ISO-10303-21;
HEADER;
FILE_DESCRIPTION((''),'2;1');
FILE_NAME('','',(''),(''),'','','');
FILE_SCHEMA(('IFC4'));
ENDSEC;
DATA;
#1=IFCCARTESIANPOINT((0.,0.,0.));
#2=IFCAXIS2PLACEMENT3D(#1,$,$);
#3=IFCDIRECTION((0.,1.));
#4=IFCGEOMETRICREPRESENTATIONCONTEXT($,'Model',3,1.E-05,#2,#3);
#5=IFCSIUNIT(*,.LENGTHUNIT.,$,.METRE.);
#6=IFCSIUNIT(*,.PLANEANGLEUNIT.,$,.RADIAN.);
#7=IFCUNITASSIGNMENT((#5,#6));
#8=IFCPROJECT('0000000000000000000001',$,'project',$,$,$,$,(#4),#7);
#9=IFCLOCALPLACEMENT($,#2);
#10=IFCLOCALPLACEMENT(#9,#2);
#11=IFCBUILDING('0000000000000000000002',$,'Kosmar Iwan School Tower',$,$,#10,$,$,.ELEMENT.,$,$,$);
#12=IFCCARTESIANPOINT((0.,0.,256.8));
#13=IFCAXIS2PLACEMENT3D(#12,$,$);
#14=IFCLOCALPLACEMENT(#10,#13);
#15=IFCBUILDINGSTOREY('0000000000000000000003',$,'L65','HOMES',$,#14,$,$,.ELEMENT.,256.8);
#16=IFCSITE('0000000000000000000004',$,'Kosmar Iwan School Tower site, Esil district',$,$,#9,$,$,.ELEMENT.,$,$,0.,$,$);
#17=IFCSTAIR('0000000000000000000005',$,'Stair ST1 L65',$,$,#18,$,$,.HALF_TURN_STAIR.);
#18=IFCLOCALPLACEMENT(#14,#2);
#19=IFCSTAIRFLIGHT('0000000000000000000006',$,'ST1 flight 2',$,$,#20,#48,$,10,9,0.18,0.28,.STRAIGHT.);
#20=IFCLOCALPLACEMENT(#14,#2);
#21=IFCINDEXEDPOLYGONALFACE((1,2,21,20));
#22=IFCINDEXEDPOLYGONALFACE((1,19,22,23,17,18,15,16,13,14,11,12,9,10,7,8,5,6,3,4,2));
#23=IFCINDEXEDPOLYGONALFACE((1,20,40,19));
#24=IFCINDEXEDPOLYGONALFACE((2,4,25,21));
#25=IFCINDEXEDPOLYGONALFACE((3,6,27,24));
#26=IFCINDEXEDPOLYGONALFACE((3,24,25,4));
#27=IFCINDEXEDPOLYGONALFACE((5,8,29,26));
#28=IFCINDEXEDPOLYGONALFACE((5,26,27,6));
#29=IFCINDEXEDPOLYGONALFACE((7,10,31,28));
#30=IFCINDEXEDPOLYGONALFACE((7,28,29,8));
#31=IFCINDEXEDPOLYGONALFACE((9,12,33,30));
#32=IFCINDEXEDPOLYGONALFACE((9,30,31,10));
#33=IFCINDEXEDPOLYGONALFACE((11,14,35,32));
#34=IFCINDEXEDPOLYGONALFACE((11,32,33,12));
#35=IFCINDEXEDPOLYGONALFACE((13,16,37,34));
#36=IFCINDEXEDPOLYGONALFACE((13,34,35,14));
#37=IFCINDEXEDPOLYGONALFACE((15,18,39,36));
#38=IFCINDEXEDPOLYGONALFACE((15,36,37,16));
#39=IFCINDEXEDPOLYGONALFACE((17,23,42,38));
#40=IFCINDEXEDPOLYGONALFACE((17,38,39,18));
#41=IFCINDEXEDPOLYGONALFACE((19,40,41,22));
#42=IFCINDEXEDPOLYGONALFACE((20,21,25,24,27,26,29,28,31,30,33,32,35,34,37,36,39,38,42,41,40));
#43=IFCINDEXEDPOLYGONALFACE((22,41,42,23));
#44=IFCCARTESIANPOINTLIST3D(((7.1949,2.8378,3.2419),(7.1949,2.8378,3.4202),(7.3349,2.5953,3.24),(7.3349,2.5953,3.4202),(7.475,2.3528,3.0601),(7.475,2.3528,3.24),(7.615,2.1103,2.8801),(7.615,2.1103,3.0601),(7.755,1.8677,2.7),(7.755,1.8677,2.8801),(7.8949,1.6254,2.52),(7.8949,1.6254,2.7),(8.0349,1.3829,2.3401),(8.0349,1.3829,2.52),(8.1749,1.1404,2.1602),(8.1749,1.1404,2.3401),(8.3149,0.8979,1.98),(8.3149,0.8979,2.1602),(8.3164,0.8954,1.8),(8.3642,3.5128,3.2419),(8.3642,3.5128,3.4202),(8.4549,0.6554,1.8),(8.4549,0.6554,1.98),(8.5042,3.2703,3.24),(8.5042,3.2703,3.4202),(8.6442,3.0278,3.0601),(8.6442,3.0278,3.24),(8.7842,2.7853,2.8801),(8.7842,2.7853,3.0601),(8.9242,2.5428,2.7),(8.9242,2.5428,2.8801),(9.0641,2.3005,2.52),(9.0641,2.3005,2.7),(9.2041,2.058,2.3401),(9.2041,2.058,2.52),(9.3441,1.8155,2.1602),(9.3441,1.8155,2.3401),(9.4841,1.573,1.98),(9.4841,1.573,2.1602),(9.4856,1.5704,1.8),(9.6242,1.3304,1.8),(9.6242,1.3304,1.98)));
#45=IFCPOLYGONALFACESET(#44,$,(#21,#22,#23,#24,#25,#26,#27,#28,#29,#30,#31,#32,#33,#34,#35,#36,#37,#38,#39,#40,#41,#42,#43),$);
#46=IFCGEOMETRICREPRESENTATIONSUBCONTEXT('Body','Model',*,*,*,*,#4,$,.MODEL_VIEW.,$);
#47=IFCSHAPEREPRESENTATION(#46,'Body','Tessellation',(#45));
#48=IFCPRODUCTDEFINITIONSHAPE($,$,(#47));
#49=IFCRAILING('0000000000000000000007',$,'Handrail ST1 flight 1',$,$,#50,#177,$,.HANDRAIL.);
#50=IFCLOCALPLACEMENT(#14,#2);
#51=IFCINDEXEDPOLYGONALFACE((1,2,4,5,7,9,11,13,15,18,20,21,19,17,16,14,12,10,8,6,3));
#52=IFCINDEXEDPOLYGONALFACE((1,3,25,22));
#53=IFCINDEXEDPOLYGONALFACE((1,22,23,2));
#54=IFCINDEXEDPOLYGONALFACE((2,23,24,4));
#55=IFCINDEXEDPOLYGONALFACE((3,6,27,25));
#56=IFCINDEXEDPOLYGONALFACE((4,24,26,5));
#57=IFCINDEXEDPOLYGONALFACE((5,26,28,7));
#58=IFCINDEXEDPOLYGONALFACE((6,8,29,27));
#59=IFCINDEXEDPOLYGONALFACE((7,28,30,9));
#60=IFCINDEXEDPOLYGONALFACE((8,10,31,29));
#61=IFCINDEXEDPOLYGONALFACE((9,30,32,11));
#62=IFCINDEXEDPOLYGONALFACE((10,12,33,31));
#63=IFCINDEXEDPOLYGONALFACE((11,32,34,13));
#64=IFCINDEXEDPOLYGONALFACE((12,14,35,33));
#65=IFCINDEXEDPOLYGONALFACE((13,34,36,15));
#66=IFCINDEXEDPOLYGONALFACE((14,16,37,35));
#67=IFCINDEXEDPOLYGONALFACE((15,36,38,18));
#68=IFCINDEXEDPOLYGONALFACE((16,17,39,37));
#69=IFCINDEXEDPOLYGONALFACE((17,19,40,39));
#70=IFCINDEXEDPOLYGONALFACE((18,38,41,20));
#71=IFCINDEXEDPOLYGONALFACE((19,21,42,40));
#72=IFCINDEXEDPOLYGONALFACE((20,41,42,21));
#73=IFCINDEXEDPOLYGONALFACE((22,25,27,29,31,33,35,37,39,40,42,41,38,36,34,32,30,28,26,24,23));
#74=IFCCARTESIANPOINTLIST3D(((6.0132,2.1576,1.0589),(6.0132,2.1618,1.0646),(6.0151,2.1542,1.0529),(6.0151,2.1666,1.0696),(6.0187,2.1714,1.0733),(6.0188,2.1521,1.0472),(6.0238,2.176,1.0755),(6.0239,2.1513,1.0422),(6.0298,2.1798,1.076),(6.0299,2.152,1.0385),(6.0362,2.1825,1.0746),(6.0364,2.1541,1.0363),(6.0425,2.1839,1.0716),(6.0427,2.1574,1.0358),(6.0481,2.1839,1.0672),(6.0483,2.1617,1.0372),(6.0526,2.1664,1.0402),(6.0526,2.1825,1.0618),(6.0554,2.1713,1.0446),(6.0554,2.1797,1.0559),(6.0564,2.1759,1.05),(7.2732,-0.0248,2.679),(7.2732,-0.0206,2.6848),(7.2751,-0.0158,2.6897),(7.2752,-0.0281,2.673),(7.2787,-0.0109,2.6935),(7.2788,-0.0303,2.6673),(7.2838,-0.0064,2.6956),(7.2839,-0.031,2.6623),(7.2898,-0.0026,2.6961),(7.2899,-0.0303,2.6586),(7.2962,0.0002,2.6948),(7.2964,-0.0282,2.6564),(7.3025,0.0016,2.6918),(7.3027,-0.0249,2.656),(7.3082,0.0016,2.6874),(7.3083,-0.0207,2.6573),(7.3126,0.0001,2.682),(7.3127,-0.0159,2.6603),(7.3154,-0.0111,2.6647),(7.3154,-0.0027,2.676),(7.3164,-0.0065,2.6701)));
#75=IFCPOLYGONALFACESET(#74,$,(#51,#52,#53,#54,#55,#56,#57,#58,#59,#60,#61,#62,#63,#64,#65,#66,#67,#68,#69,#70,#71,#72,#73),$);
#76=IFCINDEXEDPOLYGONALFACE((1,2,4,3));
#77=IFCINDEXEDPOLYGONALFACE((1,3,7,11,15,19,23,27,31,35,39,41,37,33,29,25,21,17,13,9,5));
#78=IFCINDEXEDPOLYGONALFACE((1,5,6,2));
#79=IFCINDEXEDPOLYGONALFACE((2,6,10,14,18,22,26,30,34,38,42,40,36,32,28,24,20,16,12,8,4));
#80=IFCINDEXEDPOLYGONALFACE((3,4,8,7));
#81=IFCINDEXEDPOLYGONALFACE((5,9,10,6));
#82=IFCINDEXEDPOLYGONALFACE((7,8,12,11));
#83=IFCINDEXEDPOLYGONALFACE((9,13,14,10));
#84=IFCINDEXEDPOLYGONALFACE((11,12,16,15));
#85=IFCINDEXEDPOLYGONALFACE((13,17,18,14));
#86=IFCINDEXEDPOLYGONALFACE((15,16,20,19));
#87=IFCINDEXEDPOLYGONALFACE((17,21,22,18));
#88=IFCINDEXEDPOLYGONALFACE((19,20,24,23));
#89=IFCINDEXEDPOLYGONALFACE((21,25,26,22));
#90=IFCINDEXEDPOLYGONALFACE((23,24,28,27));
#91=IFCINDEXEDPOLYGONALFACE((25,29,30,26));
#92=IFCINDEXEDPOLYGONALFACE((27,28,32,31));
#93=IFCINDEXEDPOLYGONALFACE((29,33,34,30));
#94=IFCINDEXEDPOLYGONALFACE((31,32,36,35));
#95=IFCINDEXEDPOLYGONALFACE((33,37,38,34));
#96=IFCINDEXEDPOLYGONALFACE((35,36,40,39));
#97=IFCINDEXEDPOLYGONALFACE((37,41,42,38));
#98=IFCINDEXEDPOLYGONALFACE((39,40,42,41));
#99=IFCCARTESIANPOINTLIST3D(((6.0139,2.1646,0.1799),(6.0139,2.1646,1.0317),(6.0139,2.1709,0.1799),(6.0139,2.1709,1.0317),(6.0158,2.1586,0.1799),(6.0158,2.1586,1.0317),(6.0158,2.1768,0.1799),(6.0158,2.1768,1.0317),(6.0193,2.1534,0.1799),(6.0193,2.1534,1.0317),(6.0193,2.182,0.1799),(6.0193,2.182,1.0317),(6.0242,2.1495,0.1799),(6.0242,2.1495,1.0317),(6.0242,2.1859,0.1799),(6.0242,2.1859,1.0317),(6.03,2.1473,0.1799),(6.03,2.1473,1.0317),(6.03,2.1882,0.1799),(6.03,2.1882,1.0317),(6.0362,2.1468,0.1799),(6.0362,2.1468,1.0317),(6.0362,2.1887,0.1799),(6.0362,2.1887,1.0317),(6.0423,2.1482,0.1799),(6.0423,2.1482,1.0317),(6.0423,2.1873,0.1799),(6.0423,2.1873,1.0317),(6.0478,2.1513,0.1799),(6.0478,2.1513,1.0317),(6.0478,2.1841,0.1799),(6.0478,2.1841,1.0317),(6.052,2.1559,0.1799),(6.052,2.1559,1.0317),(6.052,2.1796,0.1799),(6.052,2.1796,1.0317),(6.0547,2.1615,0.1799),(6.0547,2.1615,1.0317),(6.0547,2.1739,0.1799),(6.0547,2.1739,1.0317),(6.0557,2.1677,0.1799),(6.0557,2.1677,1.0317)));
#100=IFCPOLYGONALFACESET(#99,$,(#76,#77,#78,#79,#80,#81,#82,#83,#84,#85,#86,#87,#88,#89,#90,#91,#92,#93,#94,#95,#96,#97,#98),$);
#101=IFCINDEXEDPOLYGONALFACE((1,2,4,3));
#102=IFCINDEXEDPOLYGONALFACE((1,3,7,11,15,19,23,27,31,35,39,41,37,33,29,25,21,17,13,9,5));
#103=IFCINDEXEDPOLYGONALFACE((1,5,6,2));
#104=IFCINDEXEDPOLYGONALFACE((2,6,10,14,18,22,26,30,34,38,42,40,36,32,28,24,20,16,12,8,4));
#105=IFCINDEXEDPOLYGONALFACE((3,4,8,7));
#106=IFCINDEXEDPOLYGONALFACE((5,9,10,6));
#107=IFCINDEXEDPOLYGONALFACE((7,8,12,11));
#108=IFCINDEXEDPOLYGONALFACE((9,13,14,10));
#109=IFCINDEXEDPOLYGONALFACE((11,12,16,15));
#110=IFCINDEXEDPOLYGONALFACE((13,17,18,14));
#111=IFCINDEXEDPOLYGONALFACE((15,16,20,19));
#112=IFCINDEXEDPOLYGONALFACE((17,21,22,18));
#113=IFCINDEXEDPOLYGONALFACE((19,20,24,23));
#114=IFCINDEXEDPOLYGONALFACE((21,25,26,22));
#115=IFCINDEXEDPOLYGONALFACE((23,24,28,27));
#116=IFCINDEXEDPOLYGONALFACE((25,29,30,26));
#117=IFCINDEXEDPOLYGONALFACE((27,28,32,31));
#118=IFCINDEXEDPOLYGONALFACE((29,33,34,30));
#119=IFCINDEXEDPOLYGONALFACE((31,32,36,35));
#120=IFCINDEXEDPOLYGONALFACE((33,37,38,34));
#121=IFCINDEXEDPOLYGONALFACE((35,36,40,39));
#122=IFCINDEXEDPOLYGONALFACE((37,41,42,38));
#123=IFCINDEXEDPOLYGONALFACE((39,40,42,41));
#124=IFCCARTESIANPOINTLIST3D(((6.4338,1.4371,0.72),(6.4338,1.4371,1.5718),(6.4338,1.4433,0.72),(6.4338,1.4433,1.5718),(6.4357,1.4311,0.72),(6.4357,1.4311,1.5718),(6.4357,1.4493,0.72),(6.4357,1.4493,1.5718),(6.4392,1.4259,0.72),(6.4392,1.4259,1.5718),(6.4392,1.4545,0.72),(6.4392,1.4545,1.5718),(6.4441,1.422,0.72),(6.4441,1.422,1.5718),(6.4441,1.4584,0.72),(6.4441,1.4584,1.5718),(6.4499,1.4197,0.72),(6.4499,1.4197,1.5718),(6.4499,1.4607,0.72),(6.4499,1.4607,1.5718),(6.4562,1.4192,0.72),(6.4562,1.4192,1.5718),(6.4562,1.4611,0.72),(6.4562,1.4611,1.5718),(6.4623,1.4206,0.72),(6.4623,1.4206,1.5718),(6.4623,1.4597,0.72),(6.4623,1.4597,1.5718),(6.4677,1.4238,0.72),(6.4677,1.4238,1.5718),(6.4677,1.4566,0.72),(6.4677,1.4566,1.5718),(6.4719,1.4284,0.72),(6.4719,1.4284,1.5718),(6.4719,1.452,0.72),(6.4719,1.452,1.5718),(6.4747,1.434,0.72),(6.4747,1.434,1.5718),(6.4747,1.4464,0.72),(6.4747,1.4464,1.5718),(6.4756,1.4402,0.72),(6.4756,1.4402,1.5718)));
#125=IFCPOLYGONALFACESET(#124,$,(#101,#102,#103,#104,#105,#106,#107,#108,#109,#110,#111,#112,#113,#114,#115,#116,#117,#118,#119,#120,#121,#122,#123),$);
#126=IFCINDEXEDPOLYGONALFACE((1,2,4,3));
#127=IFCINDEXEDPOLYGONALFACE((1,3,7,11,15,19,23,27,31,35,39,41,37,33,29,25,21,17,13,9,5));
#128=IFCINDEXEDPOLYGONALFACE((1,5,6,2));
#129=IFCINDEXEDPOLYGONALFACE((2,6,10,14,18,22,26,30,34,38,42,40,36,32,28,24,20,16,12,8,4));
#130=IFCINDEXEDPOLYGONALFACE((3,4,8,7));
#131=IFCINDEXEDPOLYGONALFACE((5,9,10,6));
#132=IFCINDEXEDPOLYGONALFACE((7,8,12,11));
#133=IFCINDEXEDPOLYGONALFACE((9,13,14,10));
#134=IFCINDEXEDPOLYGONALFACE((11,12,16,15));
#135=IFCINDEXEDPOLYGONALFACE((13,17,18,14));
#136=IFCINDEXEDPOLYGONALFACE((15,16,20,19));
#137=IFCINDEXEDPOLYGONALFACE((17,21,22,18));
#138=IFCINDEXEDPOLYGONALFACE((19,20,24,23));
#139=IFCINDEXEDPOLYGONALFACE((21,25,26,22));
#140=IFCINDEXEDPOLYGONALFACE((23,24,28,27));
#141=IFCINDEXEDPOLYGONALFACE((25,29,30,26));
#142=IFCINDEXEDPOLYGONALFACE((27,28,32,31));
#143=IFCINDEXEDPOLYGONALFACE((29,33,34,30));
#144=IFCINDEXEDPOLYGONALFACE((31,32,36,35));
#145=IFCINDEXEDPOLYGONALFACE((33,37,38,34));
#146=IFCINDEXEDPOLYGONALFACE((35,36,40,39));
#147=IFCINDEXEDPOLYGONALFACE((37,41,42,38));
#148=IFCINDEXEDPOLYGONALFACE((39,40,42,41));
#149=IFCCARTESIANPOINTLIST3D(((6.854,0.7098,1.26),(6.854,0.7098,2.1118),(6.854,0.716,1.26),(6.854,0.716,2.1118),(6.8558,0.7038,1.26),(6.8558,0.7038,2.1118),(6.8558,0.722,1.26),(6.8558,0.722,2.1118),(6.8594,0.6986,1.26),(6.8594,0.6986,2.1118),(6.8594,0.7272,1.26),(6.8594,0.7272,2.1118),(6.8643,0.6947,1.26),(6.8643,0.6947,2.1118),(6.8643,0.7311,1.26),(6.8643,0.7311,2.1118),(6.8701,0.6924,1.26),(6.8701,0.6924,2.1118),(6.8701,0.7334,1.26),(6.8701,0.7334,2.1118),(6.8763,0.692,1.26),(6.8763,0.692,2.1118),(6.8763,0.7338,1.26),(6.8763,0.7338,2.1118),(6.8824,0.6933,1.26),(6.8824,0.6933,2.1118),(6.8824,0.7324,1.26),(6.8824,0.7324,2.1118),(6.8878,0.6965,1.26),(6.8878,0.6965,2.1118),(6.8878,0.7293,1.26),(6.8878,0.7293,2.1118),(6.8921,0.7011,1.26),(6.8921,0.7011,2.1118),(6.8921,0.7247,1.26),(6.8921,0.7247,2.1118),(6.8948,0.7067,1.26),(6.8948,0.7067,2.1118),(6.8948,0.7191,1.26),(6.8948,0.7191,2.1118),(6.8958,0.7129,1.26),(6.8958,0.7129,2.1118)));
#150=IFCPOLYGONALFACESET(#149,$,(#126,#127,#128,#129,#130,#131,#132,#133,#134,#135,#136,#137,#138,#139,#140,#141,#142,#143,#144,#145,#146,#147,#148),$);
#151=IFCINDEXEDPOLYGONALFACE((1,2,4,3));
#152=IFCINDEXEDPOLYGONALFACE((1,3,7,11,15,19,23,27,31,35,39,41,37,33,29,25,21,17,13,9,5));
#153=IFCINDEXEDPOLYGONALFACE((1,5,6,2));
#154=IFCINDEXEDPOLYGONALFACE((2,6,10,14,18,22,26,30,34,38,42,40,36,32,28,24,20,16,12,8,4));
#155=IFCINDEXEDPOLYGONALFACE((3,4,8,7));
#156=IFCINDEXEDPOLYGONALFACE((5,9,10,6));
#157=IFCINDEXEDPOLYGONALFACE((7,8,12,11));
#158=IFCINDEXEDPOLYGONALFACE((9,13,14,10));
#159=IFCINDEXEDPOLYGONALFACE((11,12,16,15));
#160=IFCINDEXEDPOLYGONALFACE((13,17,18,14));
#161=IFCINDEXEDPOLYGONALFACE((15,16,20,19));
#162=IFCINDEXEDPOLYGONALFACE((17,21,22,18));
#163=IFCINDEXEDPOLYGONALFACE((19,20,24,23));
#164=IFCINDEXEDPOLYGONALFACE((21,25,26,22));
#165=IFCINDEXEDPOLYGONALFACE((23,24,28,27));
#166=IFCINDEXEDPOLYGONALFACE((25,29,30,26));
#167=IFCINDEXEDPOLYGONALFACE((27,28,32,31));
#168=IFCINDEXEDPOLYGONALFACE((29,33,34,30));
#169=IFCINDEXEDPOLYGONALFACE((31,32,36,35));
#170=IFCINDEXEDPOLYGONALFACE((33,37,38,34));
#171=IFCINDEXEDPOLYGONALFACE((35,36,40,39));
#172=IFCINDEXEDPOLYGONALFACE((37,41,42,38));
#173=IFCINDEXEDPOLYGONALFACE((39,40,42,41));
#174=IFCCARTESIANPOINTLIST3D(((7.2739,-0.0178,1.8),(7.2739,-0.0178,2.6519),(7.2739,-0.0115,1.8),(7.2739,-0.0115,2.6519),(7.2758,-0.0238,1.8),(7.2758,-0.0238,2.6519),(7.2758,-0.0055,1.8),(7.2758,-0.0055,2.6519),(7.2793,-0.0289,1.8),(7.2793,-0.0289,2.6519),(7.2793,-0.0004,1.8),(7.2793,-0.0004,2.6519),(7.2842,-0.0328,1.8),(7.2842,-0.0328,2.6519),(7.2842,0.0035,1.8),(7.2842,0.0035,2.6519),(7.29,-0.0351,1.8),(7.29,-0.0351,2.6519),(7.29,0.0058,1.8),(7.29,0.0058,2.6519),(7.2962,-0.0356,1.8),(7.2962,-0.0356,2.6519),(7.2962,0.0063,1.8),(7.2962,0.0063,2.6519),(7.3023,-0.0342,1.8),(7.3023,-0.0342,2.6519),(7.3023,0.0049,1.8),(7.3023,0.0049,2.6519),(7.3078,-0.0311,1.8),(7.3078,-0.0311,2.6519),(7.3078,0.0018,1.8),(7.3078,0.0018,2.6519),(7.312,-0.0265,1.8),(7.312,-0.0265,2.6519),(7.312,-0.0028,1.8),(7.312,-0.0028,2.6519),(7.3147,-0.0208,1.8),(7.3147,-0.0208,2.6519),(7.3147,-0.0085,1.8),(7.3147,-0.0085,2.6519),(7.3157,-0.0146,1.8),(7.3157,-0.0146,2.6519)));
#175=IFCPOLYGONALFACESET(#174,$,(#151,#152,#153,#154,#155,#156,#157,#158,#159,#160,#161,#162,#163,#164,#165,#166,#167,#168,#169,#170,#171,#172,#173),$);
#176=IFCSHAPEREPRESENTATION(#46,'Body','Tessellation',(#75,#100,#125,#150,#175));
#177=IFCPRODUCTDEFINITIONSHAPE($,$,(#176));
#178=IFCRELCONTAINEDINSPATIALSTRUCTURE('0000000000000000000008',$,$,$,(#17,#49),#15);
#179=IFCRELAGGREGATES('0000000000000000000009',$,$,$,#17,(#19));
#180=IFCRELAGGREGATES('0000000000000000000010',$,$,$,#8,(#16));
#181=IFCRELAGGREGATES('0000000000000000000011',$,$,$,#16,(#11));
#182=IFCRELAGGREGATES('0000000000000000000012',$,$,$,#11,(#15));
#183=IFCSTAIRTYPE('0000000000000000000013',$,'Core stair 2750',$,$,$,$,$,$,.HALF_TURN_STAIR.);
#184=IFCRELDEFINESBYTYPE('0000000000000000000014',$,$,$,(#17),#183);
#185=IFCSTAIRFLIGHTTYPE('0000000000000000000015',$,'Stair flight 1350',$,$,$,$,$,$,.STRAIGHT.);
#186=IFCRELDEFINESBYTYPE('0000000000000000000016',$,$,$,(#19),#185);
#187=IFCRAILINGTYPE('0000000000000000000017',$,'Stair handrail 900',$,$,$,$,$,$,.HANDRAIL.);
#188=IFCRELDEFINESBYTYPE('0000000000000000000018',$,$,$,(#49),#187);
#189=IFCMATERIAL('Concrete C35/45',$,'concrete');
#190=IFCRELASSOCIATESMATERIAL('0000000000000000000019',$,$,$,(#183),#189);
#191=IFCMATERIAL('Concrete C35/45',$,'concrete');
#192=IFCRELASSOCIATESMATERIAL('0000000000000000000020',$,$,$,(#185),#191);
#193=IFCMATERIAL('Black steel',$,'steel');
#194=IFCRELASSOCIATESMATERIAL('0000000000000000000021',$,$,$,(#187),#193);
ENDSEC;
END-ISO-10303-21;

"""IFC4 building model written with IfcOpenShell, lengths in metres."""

from ifc_helpers import new_model, si_unit, direction, frame, origin, origin_2d, place, context, subcontext, project, spatial, polyline, circle, outline, extrude, material, type_object, element, aggregate, save


model = new_model("IFC4")

# Units and contexts
model_context = context("Model", 3, precision=1e-05, world=origin(), true_north=direction((0.0, 1.0)))
body_context = subcontext(model_context, "Body", "Model", "MODEL_VIEW")
ifc_project = project(units=[si_unit("LENGTHUNIT", "METRE"), si_unit("PLANEANGLEUNIT", "RADIAN")], contexts=[model_context])

# Site, building, storey
site_placement = place(None, origin())
site = spatial("IfcSite", under=ifc_project, at=site_placement, Name="Kosmar Iwan School Tower site, Esil district", CompositionType="ELEMENT", RefElevation=0.0)
building_placement = place(site_placement, origin())
building = spatial("IfcBuilding", under=site, at=building_placement, Name="Kosmar Iwan School Tower", CompositionType="ELEMENT")
storey_placement = place(building_placement, frame((0.0, 0.0, 256.8)))
storey = spatial("IfcBuildingStorey", under=building, at=storey_placement, Name="L65", Description="HOMES", CompositionType="ELEMENT", Elevation=256.8)

# Stair, stair flight
ifc_material_1 = material(Name="Concrete C35/45", Category="concrete")
stair_type = type_object("IfcStairType", Name="Core stair 2750", PredefinedType="HALF_TURN_STAIR", material=ifc_material_1)
stair_placement = place(storey_placement, origin())
stair = element("IfcStair", 1, at=stair_placement, inside=storey, type_object=stair_type, Name="Stair ST1 L65", PredefinedType="HALF_TURN_STAIR")
ifc_material_2 = material(Name="Concrete C35/45", Category="concrete")
stair_flight_type = type_object("IfcStairFlightType", Name="Stair flight 1350", PredefinedType="STRAIGHT", material=ifc_material_2)
stair_flight_1_placement = place(storey_placement, frame((9.0396, 0.9929, 1.8), z_axis=(0.0, 0.0, 1.0), x_axis=(-0.5, 0.866025, 0.0)))
stair_flight_1 = element("IfcStairFlight", 2, at=stair_flight_1_placement, type_object=stair_flight_type, Name="ST1 flight 2", NumberOfRisers=10, NumberOfTreads=9, PredefinedType="STRAIGHT", RiserHeight=0.18, TreadLength=0.28, context=body_context, shape_type="SweptSolid", body=[
    extrude(outline(polyline([(0.0, 0.0), (0.0, 0.1799), (0.28, 0.1799), (0.28, 0.3601), (0.5601, 0.3601), (0.5601, 0.54), (0.8401, 0.54), (0.8401, 0.72), (1.1201, 0.72), (1.1201, 0.8999), (1.3999, 0.8999), (1.3999, 1.0801), (1.6799, 1.0801), (1.6799, 1.26), (1.96, 1.26), (1.96, 1.4399), (2.24, 1.4399), (2.24, 1.6201), (2.52, 1.6201), (2.52, 1.8), (2.52, 1.4419), (0.2771, 0.0), (0.0, 0.0)])), frame((0.0, 0.675, 0.0), z_axis=(0.0, -1.0, 0.0), x_axis=(1.0, 0.0, 0.0)), (0.0, 0.0, 1.0), 1.3501),
])
aggregate(stair, [stair_flight_1])

# Railing
ifc_material_3 = material(Name="Black steel", Category="steel")
railing_type = type_object("IfcRailingType", Name="Stair handrail 900", PredefinedType="HANDRAIL", material=ifc_material_3)
railing_1_placement = place(storey_placement, frame((6.0347, 2.1677, 0.1799)))
element("IfcRailing", 3, at=railing_1_placement, inside=storey, type_object=railing_type, Name="Handrail ST1 flight 1", PredefinedType="HANDRAIL", context=body_context, shape_type="SweptSolid", body=[
    extrude(circle(Radius=0.0239, at=origin_2d()), frame((0.0, 0.0, 0.876), z_axis=(0.420584, -0.728464, 0.540786), x_axis=(0.866023, 0.500005, 0.0)), (0.0, 0.0, 1.0), 2.9958),
    extrude(circle(Radius=0.021, at=origin_2d()), origin(), (0.0, 0.0, 1.0), 0.8518),
    extrude(circle(Radius=0.021, at=origin_2d()), frame((0.4199, -0.7275, 0.54)), (0.0, 0.0, 1.0), 0.8518),
    extrude(circle(Radius=0.021, at=origin_2d()), frame((0.8401, -1.4548, 1.0801)), (0.0, 0.0, 1.0), 0.8518),
    extrude(circle(Radius=0.021, at=origin_2d()), frame((1.26, -2.1824, 1.6201)), (0.0, 0.0, 1.0), 0.8518),
])

save(model, "model.ifc")
